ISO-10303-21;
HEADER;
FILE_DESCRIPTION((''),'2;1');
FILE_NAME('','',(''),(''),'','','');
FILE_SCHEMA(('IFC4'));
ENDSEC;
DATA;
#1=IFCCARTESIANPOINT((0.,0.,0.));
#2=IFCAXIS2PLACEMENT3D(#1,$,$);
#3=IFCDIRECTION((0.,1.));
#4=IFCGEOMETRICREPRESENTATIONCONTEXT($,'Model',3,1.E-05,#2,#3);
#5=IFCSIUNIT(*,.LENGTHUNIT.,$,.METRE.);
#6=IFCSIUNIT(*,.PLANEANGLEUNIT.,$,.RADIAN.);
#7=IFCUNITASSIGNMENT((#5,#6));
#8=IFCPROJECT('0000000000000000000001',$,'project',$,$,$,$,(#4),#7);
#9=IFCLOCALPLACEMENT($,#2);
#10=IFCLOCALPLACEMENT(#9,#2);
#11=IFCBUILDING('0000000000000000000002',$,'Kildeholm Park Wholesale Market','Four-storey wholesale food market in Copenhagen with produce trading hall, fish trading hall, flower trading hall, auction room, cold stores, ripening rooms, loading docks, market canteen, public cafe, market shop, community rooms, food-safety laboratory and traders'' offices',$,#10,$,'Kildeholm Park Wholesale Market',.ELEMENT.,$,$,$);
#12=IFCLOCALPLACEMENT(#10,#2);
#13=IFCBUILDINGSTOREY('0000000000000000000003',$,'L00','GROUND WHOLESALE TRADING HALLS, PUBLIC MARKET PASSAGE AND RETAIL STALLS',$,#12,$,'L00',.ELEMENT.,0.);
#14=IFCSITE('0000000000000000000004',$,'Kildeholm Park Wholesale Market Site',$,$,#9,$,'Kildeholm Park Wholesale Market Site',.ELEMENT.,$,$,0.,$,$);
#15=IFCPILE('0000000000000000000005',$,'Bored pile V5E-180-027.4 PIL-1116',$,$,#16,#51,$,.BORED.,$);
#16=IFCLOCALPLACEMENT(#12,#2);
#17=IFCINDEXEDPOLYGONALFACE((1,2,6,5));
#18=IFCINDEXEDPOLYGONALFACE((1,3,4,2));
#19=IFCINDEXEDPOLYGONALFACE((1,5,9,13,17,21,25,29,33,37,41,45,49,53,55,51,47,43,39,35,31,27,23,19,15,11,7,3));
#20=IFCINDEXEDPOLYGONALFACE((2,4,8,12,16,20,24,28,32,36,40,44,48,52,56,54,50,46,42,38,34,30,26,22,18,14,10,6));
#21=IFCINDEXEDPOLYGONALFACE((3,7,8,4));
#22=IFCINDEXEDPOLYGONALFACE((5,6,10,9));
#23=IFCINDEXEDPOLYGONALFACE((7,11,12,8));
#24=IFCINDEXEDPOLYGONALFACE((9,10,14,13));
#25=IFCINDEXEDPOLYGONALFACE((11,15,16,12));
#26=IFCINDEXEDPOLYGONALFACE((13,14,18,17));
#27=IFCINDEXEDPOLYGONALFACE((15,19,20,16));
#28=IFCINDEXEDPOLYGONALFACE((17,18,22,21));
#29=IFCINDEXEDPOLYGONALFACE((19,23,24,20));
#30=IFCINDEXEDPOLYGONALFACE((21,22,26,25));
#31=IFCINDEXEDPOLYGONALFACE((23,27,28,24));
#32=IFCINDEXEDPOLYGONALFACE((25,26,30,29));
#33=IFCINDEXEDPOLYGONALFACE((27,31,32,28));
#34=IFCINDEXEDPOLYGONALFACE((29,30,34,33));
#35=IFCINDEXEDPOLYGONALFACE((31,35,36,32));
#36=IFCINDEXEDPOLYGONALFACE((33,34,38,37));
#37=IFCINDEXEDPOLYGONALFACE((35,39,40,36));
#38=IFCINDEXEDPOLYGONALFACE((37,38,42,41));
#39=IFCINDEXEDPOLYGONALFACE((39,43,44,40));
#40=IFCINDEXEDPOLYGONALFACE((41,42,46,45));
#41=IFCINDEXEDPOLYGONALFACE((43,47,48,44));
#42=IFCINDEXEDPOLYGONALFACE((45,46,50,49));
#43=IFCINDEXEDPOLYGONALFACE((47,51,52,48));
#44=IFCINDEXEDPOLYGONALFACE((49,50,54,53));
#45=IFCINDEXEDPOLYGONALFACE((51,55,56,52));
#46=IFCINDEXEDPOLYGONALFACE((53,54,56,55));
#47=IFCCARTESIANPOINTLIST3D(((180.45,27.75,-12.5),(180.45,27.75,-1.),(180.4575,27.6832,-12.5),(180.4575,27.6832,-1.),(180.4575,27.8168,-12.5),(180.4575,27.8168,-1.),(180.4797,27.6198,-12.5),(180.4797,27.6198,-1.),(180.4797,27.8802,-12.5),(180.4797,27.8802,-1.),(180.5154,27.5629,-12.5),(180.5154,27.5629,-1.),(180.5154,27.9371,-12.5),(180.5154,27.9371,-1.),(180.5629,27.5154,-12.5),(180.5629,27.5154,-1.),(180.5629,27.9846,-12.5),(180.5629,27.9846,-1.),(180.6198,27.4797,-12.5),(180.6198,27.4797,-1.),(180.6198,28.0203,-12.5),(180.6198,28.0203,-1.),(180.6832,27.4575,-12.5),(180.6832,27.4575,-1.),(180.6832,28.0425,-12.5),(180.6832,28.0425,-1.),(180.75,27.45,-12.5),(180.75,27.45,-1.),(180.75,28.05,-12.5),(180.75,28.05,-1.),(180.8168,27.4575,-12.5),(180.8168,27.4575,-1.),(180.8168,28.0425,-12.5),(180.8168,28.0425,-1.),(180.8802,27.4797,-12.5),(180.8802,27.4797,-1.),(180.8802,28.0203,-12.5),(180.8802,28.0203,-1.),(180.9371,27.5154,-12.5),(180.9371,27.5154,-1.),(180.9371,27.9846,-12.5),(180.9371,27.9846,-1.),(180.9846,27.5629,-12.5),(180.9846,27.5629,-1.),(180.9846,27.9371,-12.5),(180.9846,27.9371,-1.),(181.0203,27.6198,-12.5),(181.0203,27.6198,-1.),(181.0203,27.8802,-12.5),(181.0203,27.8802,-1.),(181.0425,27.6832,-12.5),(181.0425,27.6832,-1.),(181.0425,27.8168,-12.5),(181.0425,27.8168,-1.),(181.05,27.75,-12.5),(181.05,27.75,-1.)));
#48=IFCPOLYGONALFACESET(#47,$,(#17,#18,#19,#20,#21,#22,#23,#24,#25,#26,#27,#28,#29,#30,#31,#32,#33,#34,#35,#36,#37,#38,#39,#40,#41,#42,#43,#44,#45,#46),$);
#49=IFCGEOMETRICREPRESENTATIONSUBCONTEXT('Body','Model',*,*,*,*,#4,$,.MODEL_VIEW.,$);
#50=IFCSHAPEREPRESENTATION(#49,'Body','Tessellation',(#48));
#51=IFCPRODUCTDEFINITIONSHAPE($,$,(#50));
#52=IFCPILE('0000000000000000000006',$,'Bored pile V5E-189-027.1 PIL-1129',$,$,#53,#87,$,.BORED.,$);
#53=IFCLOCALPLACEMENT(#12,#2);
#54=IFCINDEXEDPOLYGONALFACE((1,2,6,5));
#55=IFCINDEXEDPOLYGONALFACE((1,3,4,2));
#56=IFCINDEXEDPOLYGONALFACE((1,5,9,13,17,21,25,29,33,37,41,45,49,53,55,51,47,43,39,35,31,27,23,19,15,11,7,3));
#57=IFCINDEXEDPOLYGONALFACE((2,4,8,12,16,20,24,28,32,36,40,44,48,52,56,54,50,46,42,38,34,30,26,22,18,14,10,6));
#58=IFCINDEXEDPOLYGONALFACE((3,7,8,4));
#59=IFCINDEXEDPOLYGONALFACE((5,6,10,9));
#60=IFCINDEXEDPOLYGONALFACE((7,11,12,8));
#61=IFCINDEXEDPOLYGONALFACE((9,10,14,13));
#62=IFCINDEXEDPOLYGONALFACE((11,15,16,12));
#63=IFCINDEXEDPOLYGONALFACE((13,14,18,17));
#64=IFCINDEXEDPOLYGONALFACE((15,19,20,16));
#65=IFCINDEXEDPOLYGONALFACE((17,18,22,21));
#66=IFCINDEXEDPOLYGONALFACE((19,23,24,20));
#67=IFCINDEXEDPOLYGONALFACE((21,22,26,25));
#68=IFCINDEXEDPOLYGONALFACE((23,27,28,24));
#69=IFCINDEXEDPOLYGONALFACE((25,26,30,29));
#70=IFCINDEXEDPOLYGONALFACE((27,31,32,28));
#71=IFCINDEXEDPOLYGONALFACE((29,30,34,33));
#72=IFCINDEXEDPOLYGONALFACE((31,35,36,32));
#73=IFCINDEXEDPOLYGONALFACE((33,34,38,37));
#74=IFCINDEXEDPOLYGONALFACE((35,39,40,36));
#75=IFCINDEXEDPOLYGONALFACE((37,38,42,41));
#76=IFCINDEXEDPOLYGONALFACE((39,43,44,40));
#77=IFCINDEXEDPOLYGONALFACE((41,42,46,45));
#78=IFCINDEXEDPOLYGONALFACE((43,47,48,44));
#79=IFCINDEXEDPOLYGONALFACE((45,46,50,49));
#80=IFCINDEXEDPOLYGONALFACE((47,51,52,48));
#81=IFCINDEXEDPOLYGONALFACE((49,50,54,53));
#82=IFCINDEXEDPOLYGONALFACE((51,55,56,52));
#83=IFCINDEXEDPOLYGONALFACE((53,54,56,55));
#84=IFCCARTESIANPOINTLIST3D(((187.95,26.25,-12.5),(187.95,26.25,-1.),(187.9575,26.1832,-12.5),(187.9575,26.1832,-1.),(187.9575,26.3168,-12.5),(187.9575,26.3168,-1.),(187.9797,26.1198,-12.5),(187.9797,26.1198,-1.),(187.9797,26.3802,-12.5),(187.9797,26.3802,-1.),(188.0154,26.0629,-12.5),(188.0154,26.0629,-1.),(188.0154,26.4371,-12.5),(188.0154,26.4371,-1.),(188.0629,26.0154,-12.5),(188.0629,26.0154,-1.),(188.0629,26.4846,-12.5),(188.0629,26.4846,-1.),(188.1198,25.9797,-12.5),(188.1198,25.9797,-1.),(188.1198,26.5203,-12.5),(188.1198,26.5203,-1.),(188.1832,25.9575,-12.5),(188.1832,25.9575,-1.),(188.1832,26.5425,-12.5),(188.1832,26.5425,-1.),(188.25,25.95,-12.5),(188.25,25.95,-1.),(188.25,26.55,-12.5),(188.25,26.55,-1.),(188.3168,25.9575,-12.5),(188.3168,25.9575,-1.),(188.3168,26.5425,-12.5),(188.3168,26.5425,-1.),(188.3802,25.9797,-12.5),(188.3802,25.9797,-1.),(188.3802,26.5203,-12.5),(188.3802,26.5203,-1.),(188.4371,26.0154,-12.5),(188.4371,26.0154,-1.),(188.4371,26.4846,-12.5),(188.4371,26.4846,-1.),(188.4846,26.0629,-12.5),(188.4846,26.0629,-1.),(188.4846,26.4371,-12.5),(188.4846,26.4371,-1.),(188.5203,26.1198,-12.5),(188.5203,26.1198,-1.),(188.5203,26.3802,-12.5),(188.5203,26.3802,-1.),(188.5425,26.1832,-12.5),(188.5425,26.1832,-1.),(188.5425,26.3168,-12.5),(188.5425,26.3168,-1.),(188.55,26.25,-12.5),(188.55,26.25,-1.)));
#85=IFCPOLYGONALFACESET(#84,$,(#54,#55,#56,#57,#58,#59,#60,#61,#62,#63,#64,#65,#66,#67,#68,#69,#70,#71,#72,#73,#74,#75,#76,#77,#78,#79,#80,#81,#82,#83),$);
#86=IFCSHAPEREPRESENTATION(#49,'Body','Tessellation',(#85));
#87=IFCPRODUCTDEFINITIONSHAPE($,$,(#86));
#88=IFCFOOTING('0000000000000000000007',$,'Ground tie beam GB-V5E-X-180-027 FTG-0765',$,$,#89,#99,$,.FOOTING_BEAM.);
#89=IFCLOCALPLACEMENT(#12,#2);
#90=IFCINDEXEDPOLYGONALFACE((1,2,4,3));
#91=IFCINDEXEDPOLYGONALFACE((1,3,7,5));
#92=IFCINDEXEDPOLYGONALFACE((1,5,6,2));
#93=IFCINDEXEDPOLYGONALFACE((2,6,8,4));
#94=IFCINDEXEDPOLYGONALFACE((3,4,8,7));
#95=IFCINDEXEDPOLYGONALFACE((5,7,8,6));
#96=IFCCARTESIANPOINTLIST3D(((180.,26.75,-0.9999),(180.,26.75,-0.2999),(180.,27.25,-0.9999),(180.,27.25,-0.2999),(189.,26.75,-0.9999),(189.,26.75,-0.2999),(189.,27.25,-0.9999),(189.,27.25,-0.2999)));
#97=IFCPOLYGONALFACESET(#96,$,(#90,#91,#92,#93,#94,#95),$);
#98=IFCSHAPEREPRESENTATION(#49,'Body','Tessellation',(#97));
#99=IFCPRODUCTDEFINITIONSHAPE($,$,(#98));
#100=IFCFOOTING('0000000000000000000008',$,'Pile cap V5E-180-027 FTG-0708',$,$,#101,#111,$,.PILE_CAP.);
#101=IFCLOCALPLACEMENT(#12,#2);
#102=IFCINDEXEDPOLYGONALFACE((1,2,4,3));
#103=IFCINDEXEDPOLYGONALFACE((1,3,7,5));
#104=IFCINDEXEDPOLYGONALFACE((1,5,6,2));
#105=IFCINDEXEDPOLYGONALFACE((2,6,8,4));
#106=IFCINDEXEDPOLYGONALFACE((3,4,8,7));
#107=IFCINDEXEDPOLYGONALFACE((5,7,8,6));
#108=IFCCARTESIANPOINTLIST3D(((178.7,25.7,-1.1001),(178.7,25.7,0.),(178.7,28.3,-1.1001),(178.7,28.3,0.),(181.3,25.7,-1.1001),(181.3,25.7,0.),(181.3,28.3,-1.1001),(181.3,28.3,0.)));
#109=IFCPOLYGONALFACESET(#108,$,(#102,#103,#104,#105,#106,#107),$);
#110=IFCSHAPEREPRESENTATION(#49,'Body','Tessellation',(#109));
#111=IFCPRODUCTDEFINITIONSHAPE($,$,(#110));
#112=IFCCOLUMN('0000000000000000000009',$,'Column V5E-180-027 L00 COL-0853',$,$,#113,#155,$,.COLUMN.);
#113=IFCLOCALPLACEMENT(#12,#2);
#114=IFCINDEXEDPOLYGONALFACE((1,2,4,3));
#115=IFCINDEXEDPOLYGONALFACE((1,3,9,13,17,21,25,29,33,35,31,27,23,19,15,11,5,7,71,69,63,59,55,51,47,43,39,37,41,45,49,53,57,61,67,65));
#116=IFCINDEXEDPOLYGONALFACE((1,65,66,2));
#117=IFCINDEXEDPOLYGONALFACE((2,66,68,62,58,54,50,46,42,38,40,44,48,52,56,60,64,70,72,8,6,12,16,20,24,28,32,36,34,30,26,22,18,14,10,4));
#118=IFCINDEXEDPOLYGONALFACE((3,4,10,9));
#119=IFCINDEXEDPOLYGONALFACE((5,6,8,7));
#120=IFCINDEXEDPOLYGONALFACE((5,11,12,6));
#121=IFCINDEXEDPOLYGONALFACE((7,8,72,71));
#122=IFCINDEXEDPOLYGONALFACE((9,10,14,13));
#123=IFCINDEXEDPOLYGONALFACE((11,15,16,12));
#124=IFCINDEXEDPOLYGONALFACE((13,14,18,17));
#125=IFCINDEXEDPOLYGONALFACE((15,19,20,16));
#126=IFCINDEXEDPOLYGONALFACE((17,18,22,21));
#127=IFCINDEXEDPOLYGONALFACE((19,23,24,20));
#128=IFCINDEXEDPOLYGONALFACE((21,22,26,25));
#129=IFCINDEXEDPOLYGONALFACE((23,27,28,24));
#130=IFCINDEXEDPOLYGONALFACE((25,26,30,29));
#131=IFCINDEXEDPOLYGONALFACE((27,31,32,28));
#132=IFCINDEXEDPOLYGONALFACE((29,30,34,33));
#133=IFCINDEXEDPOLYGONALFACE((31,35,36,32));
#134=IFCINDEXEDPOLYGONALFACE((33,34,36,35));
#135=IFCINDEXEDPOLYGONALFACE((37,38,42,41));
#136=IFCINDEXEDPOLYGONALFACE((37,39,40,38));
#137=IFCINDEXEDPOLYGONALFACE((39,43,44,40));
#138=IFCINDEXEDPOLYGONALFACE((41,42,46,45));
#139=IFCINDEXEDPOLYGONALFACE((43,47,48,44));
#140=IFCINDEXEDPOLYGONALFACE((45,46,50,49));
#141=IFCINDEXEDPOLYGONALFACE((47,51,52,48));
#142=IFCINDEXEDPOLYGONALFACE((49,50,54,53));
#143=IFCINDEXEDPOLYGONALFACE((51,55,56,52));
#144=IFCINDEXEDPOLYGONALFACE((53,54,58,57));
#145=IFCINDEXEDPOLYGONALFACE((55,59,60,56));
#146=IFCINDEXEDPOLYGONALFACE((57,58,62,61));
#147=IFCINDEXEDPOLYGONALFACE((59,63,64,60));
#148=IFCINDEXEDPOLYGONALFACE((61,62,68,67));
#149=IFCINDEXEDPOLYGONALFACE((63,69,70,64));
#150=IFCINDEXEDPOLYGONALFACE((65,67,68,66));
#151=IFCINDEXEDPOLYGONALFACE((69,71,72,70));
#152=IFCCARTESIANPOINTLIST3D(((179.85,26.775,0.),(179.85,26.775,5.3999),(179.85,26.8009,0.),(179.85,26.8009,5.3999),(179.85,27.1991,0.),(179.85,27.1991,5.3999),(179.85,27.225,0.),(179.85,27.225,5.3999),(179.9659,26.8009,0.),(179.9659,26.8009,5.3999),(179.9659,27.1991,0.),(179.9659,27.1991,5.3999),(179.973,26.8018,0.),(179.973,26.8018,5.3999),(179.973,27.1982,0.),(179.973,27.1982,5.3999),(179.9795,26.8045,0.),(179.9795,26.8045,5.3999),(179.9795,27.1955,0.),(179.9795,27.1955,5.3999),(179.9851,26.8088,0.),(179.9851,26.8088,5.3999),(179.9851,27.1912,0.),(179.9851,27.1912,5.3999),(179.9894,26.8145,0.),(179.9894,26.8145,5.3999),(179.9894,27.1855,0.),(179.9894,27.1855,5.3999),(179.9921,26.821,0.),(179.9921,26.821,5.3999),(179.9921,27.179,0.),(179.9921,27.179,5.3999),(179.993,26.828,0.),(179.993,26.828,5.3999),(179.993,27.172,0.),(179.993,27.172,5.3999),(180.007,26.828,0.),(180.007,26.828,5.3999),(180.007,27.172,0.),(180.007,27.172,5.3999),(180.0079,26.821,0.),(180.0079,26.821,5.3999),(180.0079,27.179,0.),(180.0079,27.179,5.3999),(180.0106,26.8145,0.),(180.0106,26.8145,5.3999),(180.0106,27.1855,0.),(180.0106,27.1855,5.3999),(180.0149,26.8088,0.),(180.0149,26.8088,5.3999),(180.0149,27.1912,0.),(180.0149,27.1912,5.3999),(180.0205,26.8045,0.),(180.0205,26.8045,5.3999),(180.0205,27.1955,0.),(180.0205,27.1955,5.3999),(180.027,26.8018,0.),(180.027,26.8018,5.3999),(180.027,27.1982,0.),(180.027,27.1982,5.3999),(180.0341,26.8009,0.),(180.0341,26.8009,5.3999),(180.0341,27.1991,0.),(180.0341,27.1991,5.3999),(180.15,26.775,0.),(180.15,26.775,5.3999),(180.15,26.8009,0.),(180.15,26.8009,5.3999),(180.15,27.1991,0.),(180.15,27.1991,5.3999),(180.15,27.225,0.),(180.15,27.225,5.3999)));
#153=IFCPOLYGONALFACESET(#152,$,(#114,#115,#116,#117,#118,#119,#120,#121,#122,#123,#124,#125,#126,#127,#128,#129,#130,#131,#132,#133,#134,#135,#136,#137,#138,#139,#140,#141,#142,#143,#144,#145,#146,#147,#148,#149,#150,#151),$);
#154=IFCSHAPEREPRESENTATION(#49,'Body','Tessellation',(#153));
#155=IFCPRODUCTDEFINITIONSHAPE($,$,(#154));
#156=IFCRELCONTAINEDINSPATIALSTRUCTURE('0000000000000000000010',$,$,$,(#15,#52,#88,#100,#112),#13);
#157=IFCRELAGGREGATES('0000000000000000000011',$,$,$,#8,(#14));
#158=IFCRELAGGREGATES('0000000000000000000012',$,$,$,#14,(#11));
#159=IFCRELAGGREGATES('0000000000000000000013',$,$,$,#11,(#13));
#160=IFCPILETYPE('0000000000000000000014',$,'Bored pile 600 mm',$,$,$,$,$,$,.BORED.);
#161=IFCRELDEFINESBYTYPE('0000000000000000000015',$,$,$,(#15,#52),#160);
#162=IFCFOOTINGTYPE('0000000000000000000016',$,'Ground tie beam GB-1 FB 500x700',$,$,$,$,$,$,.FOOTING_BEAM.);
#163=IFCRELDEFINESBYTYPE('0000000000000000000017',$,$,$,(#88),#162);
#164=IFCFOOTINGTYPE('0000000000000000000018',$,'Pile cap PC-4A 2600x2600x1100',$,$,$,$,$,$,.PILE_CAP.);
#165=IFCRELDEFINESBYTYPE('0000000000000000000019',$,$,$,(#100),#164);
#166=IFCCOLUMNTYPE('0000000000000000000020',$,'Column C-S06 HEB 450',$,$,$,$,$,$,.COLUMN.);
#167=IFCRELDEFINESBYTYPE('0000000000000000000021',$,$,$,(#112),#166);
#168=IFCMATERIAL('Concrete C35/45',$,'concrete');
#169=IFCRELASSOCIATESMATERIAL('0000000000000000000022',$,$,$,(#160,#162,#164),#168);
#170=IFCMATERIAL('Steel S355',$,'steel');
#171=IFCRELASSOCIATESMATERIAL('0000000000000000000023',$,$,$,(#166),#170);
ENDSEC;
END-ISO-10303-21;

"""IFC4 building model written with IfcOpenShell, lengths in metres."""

from ifc_helpers import new_model, si_unit, direction, frame, origin, origin_2d, place, context, subcontext, project, spatial, rectangle, circle, i_section, extrude, material, material_profile, profile_set, type_object, element, save


model = new_model("IFC4")

# Units and contexts
model_context = context("Model", 3, precision=1e-05, world=origin(), true_north=direction((0.0, 1.0)))
body_context = subcontext(model_context, "Body", "Model", "MODEL_VIEW")
ifc_project = project(units=[si_unit("LENGTHUNIT", "METRE"), si_unit("PLANEANGLEUNIT", "RADIAN")], contexts=[model_context])

# Site, building, storey
site_placement = place(None, origin())
site = spatial("IfcSite", under=ifc_project, at=site_placement, Name="Kildeholm Park Wholesale Market Site", LongName="Kildeholm Park Wholesale Market Site", CompositionType="ELEMENT", RefElevation=0.0)
building_placement = place(site_placement, origin())
building = spatial("IfcBuilding", under=site, at=building_placement, Name="Kildeholm Park Wholesale Market", Description="Four-storey wholesale food market in Copenhagen with produce trading hall, fish trading hall, flower trading hall, auction room, cold stores, ripening rooms, loading docks, market canteen, public cafe, market shop, community rooms, food-safety laboratory and traders' offices", LongName="Kildeholm Park Wholesale Market", CompositionType="ELEMENT")
storey_placement = place(building_placement, origin())
storey = spatial("IfcBuildingStorey", under=building, at=storey_placement, Name="L00", Description="GROUND WHOLESALE TRADING HALLS, PUBLIC MARKET PASSAGE AND RETAIL STALLS", LongName="L00", CompositionType="ELEMENT", Elevation=0.0)

# Piles
ifc_material_1 = material(Name="Concrete C35/45", Category="concrete")
ifc_material_profile_1 = material_profile(ifc_material_1, circle(Radius=0.3, at=origin_2d()), Name="PILE D600")
ifc_profile_set_1 = profile_set([ifc_material_profile_1], Name="Concrete C35/45")
pile_type = type_object("IfcPileType", Name="Bored pile 600 mm", PredefinedType="BORED", material=ifc_profile_set_1)
for number, where, z_axis, x_axis, name in (
    (1, (180.75, 27.75, -1.0), (0.0, 0.0, -1.0), (1.0, 0.0, 0.0), "Bored pile V5E-180-027.4 PIL-1116"),
    (2, (188.25, 26.25, -1.0), (0.0, 0.0, -1.0), (1.0, 0.0, 0.0), "Bored pile V5E-189-027.1 PIL-1129"),
):
    element("IfcPile", number, at=place(storey_placement, frame(where, z_axis=z_axis, x_axis=x_axis)), inside=storey, type_object=pile_type, Name=name, PredefinedType="BORED", context=body_context, shape_type="SweptSolid", body=[
        extrude(circle(Radius=0.3, at=origin_2d()), origin(), (0.0, 0.0, 1.0), 11.5),
    ])

# Footings
ifc_material_profile_2 = material_profile(ifc_material_1, rectangle(XDim=0.5, YDim=0.7, at=origin_2d()), Name="FB 500x700")
ifc_profile_set_2 = profile_set([ifc_material_profile_2], Name="Concrete C35/45")
footing_type_1 = type_object("IfcFootingType", Name="Ground tie beam GB-1 FB 500x700", PredefinedType="FOOTING_BEAM", material=ifc_profile_set_2)
footing_1_placement = place(storey_placement, frame((180.0, 27.0, -0.6499), z_axis=(1.0, 0.0, 0.0), x_axis=(0.0, 1.0, 0.0)))
element("IfcFooting", 3, at=footing_1_placement, inside=storey, type_object=footing_type_1, Name="Ground tie beam GB-V5E-X-180-027 FTG-0765", PredefinedType="FOOTING_BEAM", context=body_context, shape_type="SweptSolid", body=[
    extrude(rectangle(XDim=0.5, YDim=0.7, at=origin_2d()), origin(), (0.0, 0.0, 1.0), 9.0),
])
footing_type_2 = type_object("IfcFootingType", Name="Pile cap PC-4A 2600x2600x1100", PredefinedType="PILE_CAP", material=ifc_material_1)
footing_2_placement = place(storey_placement, frame((180.0, 27.0, -1.1001), z_axis=(0.0, 0.0, 1.0), x_axis=(1.0, 0.0, 0.0)))
element("IfcFooting", 4, at=footing_2_placement, inside=storey, type_object=footing_type_2, Name="Pile cap V5E-180-027 FTG-0708", PredefinedType="PILE_CAP", context=body_context, shape_type="SweptSolid", body=[
    extrude(rectangle(XDim=2.6001, YDim=2.6001, at=origin_2d()), origin(), (0.0, 0.0, 1.0), 1.1001),
])

# Column
ifc_material_2 = material(Name="Steel S355", Category="steel")
ifc_material_profile_3 = material_profile(ifc_material_2, i_section(OverallWidth=0.3, OverallDepth=0.45, WebThickness=0.0139, FlangeThickness=0.0259, FilletRadius=0.0271, at=origin_2d()), Name="HEB 450")
ifc_profile_set_3 = profile_set([ifc_material_profile_3], Name="Steel S355")
column_type = type_object("IfcColumnType", Name="Column C-S06 HEB 450", PredefinedType="COLUMN", material=ifc_profile_set_3)
column_placement = place(storey_placement, frame((180.0, 27.0, 0.0), z_axis=(0.0, 0.0, 1.0), x_axis=(1.0, 0.0, 0.0)))
element("IfcColumn", 5, at=column_placement, inside=storey, type_object=column_type, Name="Column V5E-180-027 L00 COL-0853", PredefinedType="COLUMN", context=body_context, shape_type="SweptSolid", body=[
    extrude(i_section(OverallWidth=0.3, OverallDepth=0.45, WebThickness=0.0139, FlangeThickness=0.0259, FilletRadius=0.0271, at=origin_2d()), origin(), (0.0, 0.0, 1.0), 5.3999),
])

save(model, "model.ifc")
